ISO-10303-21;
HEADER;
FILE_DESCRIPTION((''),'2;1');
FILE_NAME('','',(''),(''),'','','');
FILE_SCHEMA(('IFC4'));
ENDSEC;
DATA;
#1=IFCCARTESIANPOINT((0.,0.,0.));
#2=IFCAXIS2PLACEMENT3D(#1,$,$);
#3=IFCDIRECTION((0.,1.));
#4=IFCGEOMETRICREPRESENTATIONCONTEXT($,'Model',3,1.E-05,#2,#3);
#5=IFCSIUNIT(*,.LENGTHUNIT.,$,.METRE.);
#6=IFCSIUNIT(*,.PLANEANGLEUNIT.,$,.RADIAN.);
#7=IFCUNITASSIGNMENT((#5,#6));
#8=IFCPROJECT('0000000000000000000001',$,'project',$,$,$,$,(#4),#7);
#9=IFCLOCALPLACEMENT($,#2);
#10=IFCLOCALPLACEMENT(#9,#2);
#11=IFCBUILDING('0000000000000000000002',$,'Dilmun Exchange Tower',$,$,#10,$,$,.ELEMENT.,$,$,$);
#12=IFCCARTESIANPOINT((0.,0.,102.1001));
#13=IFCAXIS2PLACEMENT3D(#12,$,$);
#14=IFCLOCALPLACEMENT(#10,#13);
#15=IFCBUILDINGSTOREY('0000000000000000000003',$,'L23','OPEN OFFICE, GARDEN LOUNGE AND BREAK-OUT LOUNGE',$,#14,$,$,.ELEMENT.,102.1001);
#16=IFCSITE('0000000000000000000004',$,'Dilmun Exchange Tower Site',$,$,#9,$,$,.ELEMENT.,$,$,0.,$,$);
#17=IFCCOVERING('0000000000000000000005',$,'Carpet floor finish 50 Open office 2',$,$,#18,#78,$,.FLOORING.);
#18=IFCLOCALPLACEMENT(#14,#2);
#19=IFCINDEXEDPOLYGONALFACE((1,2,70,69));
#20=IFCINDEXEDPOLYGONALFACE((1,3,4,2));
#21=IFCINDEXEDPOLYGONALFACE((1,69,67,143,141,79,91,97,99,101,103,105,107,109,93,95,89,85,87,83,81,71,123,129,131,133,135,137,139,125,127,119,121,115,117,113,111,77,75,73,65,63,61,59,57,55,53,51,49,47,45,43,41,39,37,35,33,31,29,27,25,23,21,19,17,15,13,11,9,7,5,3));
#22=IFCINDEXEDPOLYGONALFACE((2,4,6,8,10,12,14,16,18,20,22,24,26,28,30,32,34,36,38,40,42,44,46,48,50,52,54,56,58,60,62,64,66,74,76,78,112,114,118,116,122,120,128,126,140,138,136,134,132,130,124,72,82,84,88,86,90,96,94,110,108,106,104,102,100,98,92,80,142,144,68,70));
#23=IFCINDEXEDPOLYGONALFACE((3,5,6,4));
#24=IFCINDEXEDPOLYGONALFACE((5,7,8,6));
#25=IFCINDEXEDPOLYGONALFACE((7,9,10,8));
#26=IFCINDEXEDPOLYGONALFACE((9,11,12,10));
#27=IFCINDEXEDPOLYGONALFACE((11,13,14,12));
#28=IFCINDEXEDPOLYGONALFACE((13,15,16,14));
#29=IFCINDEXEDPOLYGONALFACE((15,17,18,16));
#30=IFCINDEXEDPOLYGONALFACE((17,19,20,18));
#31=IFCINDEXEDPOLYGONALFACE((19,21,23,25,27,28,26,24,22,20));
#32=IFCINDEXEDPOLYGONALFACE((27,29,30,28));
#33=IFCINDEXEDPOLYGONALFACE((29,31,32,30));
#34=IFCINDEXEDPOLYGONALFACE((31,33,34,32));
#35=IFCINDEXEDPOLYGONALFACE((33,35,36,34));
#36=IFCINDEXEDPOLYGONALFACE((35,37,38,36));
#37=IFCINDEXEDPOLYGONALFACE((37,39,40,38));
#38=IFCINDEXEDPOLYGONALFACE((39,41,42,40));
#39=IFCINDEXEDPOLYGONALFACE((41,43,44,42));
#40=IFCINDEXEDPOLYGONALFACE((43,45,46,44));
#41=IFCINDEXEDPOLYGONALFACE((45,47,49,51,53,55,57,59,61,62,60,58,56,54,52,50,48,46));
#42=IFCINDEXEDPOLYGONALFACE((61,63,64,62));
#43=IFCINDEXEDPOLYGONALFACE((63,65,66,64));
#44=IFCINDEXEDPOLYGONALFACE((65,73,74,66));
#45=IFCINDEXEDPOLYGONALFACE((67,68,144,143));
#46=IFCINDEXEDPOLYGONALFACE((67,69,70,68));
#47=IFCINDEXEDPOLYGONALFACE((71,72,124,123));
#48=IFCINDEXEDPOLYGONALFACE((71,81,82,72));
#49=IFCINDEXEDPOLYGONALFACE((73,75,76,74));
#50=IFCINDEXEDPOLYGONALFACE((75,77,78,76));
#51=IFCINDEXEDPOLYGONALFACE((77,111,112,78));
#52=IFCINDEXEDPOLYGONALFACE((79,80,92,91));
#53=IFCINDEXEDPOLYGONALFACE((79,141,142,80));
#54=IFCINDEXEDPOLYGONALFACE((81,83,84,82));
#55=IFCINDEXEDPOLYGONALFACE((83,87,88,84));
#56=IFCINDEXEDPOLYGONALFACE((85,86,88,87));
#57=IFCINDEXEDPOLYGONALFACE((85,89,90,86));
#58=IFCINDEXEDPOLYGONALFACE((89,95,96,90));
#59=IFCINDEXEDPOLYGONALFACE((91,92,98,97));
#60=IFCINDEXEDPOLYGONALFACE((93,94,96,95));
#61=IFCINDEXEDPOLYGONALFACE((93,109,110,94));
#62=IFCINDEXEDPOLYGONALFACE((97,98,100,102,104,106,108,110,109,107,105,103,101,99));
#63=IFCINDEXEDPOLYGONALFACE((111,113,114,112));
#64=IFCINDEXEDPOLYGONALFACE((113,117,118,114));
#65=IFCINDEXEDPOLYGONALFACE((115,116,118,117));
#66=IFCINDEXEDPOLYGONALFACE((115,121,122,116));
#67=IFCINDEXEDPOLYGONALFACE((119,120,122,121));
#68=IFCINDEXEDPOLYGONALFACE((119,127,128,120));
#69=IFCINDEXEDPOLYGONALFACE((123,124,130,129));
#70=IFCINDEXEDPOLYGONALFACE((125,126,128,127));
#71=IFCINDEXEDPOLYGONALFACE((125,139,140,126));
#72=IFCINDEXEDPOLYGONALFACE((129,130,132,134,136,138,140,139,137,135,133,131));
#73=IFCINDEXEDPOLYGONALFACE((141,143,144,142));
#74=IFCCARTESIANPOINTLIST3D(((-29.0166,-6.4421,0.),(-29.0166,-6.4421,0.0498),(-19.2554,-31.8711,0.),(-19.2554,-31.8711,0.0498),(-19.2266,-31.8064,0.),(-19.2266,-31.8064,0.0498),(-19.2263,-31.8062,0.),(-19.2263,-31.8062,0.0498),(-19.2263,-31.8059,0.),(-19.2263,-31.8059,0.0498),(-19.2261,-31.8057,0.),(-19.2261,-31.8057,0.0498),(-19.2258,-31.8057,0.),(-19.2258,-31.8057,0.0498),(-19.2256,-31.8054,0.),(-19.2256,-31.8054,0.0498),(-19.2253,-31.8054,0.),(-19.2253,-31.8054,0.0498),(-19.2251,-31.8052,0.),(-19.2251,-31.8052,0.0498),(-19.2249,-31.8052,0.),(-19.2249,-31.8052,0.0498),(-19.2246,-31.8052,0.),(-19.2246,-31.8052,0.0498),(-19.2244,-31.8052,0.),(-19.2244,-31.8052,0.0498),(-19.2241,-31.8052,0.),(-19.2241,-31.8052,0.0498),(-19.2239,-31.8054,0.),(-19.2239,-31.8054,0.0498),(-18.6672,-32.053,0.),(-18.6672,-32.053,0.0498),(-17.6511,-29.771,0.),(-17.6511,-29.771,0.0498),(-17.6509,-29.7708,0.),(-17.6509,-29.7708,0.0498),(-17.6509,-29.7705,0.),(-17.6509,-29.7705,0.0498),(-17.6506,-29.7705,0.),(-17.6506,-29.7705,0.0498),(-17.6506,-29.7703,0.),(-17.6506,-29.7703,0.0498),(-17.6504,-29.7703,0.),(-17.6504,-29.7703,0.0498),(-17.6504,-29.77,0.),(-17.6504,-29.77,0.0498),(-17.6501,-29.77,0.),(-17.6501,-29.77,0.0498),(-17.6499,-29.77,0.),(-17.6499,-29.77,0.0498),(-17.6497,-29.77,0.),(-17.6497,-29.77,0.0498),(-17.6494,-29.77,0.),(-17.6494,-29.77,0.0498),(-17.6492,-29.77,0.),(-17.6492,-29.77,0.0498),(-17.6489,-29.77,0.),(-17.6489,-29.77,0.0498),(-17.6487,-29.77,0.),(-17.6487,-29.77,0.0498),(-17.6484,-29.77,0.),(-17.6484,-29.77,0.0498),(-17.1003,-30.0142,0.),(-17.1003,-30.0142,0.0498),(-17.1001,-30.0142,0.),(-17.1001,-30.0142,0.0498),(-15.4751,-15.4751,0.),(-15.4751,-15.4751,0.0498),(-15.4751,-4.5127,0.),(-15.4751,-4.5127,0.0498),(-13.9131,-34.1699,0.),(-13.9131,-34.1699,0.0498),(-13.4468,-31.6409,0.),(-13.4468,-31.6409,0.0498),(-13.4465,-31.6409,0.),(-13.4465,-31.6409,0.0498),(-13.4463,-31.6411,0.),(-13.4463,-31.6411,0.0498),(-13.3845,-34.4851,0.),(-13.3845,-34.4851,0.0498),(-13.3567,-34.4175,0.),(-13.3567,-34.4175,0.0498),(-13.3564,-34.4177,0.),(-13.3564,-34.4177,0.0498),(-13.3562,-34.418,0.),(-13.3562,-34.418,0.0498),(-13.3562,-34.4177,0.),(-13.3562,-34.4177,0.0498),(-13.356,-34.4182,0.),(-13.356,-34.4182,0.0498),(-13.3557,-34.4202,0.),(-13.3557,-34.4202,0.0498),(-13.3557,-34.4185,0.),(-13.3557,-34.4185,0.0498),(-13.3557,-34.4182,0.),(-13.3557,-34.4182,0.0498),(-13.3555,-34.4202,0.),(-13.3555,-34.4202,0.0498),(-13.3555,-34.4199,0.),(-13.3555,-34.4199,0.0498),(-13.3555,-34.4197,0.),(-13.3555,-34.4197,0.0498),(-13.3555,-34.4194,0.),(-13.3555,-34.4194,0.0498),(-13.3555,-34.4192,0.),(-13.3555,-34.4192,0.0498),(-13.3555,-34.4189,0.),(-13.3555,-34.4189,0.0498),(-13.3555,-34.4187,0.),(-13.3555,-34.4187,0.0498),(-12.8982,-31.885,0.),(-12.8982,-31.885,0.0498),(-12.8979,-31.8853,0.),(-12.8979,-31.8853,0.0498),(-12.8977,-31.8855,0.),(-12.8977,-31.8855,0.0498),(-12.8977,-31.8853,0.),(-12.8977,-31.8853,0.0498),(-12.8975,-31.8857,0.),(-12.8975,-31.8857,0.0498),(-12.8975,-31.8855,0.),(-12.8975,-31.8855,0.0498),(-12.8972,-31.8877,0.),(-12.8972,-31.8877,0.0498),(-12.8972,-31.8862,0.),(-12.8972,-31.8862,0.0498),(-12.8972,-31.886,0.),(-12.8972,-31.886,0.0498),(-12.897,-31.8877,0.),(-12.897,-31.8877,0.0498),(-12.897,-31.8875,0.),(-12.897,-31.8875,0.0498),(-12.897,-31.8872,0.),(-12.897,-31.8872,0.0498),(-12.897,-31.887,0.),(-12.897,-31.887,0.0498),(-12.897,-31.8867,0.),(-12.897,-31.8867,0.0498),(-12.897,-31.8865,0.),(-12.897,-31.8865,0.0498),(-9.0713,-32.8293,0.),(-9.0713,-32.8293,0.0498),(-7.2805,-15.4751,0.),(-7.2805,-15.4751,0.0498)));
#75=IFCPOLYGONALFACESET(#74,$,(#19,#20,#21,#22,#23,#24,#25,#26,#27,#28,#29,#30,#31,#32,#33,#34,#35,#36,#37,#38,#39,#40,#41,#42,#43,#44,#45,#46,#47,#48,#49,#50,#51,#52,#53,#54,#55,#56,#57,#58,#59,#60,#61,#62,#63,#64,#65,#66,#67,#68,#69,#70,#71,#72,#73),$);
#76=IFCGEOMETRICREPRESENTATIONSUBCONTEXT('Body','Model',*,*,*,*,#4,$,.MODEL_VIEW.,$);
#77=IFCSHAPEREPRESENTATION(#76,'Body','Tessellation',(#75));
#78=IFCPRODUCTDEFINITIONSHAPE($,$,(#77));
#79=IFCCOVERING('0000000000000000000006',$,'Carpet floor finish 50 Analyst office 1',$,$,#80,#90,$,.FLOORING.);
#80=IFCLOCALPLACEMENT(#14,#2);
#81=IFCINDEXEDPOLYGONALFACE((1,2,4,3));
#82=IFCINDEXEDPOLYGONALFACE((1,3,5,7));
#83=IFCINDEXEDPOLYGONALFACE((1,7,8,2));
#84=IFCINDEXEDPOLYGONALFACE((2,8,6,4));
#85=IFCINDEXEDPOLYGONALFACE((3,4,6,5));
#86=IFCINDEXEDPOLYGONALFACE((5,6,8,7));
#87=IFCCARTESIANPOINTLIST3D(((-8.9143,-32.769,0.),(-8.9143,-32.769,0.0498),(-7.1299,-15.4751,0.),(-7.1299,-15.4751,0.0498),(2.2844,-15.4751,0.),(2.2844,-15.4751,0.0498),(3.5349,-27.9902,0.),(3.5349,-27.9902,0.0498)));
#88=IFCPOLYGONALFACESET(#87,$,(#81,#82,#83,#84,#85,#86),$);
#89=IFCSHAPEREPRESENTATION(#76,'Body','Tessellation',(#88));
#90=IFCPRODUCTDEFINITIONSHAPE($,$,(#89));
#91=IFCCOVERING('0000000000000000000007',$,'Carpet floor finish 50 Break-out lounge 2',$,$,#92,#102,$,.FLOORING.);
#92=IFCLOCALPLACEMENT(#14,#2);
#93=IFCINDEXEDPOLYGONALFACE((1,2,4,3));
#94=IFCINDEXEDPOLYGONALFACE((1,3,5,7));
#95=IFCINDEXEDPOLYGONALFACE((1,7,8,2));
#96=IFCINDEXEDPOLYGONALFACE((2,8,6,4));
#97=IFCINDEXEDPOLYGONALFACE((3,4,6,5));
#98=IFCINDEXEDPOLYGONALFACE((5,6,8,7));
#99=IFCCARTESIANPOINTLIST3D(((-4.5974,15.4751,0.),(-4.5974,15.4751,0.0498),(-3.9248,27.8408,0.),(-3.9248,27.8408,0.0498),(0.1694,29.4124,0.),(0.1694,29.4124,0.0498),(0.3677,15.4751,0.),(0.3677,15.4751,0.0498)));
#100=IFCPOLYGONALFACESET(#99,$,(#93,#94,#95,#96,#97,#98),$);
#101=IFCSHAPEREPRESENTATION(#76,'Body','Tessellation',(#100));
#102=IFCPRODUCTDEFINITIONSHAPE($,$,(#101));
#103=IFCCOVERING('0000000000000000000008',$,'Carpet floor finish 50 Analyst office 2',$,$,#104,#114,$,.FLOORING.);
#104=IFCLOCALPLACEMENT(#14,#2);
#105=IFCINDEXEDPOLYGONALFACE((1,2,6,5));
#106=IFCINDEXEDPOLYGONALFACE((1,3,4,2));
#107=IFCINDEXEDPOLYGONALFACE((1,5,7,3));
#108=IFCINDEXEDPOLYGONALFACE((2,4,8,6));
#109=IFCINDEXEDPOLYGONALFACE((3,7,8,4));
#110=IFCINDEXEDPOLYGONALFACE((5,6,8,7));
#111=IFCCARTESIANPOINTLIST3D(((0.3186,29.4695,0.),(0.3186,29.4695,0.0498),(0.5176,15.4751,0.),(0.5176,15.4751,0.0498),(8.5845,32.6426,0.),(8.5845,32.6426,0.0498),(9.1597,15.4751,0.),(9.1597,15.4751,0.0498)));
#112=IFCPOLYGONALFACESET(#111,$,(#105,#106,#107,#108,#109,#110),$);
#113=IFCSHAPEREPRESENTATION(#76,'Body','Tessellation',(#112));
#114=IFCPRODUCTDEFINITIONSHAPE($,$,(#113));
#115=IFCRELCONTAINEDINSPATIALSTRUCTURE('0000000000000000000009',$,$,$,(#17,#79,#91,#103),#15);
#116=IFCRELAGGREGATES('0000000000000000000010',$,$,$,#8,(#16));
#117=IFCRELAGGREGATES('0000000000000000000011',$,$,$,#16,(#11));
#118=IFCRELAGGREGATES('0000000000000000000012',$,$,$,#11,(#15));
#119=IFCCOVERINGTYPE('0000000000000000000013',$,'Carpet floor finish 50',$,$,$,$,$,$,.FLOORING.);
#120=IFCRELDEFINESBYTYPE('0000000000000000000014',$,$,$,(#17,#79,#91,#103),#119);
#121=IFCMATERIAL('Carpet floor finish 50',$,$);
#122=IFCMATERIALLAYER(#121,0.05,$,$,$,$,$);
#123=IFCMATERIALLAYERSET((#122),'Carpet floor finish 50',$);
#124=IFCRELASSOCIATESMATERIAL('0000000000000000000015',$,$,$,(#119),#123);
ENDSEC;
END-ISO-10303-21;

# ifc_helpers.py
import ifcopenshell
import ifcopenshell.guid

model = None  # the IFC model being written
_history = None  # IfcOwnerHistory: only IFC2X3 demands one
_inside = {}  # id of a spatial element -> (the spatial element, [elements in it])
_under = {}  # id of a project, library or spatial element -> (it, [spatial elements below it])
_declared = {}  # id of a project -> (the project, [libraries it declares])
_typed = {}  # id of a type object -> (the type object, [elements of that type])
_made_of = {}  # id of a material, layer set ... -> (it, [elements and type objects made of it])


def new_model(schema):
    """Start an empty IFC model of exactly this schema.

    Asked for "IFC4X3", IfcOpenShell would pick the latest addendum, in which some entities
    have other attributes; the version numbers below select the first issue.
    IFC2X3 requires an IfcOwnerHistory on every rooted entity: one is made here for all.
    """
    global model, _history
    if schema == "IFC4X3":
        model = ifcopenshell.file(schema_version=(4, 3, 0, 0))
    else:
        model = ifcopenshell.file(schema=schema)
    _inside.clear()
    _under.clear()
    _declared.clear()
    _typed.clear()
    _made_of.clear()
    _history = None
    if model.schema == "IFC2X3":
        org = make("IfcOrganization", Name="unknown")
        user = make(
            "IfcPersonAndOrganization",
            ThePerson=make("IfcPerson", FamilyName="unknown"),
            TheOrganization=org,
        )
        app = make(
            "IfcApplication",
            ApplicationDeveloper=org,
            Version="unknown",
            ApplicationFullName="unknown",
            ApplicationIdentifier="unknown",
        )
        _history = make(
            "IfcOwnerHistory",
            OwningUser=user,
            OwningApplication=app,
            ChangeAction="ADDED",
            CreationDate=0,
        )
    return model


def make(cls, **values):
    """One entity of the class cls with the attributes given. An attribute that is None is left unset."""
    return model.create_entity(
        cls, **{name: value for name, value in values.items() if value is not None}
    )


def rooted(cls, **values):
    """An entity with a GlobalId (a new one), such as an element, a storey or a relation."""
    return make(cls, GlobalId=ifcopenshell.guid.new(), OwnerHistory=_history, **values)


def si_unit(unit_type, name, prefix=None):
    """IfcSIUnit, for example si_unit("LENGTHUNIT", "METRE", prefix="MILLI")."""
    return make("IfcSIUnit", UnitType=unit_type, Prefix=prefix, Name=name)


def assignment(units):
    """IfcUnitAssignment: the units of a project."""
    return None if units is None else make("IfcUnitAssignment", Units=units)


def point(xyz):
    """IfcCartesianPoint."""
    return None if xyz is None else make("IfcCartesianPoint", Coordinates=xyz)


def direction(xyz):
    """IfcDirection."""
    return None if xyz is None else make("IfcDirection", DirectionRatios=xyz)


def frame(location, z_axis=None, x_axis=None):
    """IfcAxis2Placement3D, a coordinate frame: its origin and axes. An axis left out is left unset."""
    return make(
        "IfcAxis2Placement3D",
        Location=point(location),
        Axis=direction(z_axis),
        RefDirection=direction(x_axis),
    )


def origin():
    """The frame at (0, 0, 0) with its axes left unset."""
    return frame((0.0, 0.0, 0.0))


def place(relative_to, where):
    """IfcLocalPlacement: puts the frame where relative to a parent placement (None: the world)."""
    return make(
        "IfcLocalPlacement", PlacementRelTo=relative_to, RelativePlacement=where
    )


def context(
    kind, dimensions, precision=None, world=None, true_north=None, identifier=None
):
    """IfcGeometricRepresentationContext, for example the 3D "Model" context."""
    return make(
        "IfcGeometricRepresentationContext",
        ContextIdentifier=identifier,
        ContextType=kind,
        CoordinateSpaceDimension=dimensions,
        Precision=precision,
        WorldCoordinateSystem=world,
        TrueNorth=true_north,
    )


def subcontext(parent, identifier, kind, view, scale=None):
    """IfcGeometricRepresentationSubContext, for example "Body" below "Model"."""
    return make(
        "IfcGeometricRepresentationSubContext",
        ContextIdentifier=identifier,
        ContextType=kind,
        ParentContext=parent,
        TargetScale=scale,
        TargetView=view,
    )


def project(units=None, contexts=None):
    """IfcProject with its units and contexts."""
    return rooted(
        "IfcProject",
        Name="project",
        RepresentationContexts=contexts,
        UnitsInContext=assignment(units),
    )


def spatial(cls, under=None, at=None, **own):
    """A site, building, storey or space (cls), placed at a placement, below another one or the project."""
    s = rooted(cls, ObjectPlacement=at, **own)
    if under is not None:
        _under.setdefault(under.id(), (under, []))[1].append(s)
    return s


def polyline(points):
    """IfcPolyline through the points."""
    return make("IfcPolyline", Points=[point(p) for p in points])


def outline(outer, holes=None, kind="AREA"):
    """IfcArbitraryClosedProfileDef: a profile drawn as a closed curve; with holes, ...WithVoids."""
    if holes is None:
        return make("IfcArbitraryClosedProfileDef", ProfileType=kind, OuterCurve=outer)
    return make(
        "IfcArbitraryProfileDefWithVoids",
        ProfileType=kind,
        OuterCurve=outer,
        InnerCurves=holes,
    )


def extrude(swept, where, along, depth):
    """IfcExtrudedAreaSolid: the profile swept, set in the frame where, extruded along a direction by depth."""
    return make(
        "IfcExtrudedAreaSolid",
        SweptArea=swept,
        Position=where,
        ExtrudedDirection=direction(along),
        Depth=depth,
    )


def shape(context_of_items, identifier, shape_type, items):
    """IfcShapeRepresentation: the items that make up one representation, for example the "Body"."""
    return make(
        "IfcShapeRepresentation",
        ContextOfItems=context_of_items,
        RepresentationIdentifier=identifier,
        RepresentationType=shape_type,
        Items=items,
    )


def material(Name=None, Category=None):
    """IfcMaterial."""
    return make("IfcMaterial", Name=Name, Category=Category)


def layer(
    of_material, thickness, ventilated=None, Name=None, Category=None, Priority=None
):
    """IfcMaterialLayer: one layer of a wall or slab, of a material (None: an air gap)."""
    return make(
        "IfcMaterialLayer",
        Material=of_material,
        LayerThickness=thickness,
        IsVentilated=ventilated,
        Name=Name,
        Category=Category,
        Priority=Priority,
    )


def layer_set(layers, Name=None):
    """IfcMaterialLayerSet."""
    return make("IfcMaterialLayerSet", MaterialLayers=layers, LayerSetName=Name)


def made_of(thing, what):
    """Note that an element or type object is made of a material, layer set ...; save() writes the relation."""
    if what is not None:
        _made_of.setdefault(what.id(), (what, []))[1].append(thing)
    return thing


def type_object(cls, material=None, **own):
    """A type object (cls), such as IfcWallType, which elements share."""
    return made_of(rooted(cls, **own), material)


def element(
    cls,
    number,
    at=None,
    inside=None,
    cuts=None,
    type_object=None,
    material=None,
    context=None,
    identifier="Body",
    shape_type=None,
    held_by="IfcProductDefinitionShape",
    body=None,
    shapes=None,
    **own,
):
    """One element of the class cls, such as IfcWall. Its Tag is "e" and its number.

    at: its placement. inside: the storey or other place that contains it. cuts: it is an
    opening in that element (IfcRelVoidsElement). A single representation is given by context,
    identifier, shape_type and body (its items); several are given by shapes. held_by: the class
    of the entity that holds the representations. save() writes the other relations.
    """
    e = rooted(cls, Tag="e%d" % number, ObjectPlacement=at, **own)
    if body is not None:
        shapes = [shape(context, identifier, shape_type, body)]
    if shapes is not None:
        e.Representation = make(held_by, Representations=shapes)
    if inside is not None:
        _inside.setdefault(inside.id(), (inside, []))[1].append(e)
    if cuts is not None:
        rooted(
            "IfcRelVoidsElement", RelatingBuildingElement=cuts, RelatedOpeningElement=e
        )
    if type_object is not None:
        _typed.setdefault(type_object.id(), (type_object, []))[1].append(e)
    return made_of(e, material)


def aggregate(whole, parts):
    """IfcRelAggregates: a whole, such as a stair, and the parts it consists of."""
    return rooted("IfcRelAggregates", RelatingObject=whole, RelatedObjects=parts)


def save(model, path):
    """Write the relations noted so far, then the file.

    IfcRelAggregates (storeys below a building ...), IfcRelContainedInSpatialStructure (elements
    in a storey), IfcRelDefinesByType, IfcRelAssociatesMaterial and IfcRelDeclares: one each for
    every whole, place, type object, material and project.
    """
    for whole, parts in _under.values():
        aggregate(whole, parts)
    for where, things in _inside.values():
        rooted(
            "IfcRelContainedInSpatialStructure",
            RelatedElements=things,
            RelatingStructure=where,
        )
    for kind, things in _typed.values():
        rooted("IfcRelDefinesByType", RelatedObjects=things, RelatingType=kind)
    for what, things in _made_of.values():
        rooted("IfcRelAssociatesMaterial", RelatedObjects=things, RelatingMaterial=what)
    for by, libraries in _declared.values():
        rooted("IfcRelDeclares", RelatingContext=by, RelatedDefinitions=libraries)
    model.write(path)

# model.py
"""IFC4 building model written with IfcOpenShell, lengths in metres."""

from ifc_helpers import new_model, si_unit, direction, frame, origin, place, context, subcontext, project, spatial, polyline, outline, extrude, material, layer, layer_set, type_object, element, save


model = new_model("IFC4")

# Units and contexts
model_context = context("Model", 3, precision=1e-05, world=origin(), true_north=direction((0.0, 1.0)))
body_context = subcontext(model_context, "Body", "Model", "MODEL_VIEW")
ifc_project = project(units=[si_unit("LENGTHUNIT", "METRE"), si_unit("PLANEANGLEUNIT", "RADIAN")], contexts=[model_context])

# Site, building, storey
site_placement = place(None, origin())
site = spatial("IfcSite", under=ifc_project, at=site_placement, Name="Dilmun Exchange Tower Site", CompositionType="ELEMENT", RefElevation=0.0)
building_placement = place(site_placement, origin())
building = spatial("IfcBuilding", under=site, at=building_placement, Name="Dilmun Exchange Tower", CompositionType="ELEMENT")
storey_placement = place(building_placement, frame((0.0, 0.0, 102.1001)))
storey = spatial("IfcBuildingStorey", under=building, at=storey_placement, Name="L23", Description="OPEN OFFICE, GARDEN LOUNGE AND BREAK-OUT LOUNGE", CompositionType="ELEMENT", Elevation=102.1001)

# Coverings
ifc_material_1 = material(Name="Carpet floor finish 50")
ifc_layer_1 = layer(ifc_material_1, 0.05)
ifc_layer_set_1 = layer_set([ifc_layer_1], Name="Carpet floor finish 50")
covering_type_1 = type_object("IfcCoveringType", Name="Carpet floor finish 50", PredefinedType="FLOORING", material=ifc_layer_set_1)
covering_1_placement = place(storey_placement, origin())
element("IfcCovering", 1, at=covering_1_placement, inside=storey, type_object=covering_type_1, Name="Carpet floor finish 50 Open office 2", PredefinedType="FLOORING", context=body_context, shape_type="SweptSolid", body=[
    extrude(outline(polyline([(-15.4751, -4.5127), (-15.4751, -15.4751), (-7.2805, -15.4751), (-9.0713, -32.8293), (-13.3845, -34.4851), (-13.3557, -34.4202), (-13.3555, -34.4202), (-13.3555, -34.4199), (-13.3555, -34.4197), (-13.3555, -34.4194), (-13.3555, -34.4192), (-13.3555, -34.4192), (-13.3555, -34.4189), (-13.3555, -34.4187), (-13.3557, -34.4185), (-13.3557, -34.4185), (-13.3557, -34.4182), (-13.356, -34.4182), (-13.3562, -34.418), (-13.3562, -34.4177), (-13.3564, -34.4177), (-13.3567, -34.4175), (-13.9131, -34.1699), (-12.8972, -31.8877), (-12.897, -31.8877), (-12.897, -31.8875), (-12.897, -31.8872), (-12.897, -31.887), (-12.897, -31.8867), (-12.897, -31.8867), (-12.897, -31.8865), (-12.8972, -31.8862), (-12.8972, -31.886), (-12.8972, -31.886), (-12.8975, -31.8857), (-12.8975, -31.8855), (-12.8977, -31.8855), (-12.8977, -31.8853), (-12.8979, -31.8853), (-12.8982, -31.885), (-13.4463, -31.6411), (-13.4463, -31.6411), (-13.4465, -31.6409), (-13.4468, -31.6409), (-17.1001, -30.0142), (-17.1001, -30.0142), (-17.1003, -30.0142), (-17.6484, -29.77), (-17.6487, -29.77), (-17.6489, -29.77), (-17.6492, -29.77), (-17.6494, -29.77), (-17.6494, -29.77), (-17.6497, -29.77), (-17.6499, -29.77), (-17.6501, -29.77), (-17.6504, -29.77), (-17.6504, -29.7703), (-17.6506, -29.7703), (-17.6506, -29.7705), (-17.6509, -29.7705), (-17.6509, -29.7708), (-17.6511, -29.771), (-17.6511, -29.771), (-18.6672, -32.053), (-19.2239, -31.8054), (-19.2241, -31.8052), (-19.2241, -31.8052), (-19.2244, -31.8052), (-19.2246, -31.8052), (-19.2249, -31.8052), (-19.2251, -31.8052), (-19.2251, -31.8052), (-19.2253, -31.8054), (-19.2256, -31.8054), (-19.2256, -31.8054), (-19.2258, -31.8057), (-19.2261, -31.8057), (-19.2263, -31.8059), (-19.2263, -31.8059), (-19.2263, -31.8062), (-19.2266, -31.8064), (-19.2554, -31.8711), (-29.0166, -6.4421), (-15.4751, -4.5127)])), origin(), (0.0, 0.0, 1.0), 0.0498),
])
covering_2_placement = place(storey_placement, origin())
element("IfcCovering", 2, at=covering_2_placement, inside=storey, type_object=covering_type_1, Name="Carpet floor finish 50 Analyst office 1", PredefinedType="FLOORING", context=body_context, shape_type="SweptSolid", body=[
    extrude(outline(polyline([(-7.1299, -15.4751), (2.2844, -15.4751), (3.5349, -27.9902), (-8.9143, -32.769), (-7.1299, -15.4751)])), origin(), (0.0, 0.0, 1.0), 0.0498),
])
covering_3_placement = place(storey_placement, origin())
element("IfcCovering", 3, at=covering_3_placement, inside=storey, type_object=covering_type_1, Name="Carpet floor finish 50 Break-out lounge 2", PredefinedType="FLOORING", context=body_context, shape_type="SweptSolid", body=[
    extrude(outline(polyline([(0.3677, 15.4751), (-4.5974, 15.4751), (-3.9248, 27.8408), (0.1694, 29.4124), (0.3677, 15.4751)])), origin(), (0.0, 0.0, 1.0), 0.0498),
])
covering_4_placement = place(storey_placement, origin())
element("IfcCovering", 4, at=covering_4_placement, inside=storey, type_object=covering_type_1, Name="Carpet floor finish 50 Analyst office 2", PredefinedType="FLOORING", context=body_context, shape_type="SweptSolid", body=[
    extrude(outline(polyline([(0.3186, 29.4695), (8.5845, 32.6426), (9.1597, 15.4751), (0.5176, 15.4751), (0.3186, 29.4695)])), origin(), (0.0, 0.0, 1.0), 0.0498),
])

save(model, "model.ifc")
